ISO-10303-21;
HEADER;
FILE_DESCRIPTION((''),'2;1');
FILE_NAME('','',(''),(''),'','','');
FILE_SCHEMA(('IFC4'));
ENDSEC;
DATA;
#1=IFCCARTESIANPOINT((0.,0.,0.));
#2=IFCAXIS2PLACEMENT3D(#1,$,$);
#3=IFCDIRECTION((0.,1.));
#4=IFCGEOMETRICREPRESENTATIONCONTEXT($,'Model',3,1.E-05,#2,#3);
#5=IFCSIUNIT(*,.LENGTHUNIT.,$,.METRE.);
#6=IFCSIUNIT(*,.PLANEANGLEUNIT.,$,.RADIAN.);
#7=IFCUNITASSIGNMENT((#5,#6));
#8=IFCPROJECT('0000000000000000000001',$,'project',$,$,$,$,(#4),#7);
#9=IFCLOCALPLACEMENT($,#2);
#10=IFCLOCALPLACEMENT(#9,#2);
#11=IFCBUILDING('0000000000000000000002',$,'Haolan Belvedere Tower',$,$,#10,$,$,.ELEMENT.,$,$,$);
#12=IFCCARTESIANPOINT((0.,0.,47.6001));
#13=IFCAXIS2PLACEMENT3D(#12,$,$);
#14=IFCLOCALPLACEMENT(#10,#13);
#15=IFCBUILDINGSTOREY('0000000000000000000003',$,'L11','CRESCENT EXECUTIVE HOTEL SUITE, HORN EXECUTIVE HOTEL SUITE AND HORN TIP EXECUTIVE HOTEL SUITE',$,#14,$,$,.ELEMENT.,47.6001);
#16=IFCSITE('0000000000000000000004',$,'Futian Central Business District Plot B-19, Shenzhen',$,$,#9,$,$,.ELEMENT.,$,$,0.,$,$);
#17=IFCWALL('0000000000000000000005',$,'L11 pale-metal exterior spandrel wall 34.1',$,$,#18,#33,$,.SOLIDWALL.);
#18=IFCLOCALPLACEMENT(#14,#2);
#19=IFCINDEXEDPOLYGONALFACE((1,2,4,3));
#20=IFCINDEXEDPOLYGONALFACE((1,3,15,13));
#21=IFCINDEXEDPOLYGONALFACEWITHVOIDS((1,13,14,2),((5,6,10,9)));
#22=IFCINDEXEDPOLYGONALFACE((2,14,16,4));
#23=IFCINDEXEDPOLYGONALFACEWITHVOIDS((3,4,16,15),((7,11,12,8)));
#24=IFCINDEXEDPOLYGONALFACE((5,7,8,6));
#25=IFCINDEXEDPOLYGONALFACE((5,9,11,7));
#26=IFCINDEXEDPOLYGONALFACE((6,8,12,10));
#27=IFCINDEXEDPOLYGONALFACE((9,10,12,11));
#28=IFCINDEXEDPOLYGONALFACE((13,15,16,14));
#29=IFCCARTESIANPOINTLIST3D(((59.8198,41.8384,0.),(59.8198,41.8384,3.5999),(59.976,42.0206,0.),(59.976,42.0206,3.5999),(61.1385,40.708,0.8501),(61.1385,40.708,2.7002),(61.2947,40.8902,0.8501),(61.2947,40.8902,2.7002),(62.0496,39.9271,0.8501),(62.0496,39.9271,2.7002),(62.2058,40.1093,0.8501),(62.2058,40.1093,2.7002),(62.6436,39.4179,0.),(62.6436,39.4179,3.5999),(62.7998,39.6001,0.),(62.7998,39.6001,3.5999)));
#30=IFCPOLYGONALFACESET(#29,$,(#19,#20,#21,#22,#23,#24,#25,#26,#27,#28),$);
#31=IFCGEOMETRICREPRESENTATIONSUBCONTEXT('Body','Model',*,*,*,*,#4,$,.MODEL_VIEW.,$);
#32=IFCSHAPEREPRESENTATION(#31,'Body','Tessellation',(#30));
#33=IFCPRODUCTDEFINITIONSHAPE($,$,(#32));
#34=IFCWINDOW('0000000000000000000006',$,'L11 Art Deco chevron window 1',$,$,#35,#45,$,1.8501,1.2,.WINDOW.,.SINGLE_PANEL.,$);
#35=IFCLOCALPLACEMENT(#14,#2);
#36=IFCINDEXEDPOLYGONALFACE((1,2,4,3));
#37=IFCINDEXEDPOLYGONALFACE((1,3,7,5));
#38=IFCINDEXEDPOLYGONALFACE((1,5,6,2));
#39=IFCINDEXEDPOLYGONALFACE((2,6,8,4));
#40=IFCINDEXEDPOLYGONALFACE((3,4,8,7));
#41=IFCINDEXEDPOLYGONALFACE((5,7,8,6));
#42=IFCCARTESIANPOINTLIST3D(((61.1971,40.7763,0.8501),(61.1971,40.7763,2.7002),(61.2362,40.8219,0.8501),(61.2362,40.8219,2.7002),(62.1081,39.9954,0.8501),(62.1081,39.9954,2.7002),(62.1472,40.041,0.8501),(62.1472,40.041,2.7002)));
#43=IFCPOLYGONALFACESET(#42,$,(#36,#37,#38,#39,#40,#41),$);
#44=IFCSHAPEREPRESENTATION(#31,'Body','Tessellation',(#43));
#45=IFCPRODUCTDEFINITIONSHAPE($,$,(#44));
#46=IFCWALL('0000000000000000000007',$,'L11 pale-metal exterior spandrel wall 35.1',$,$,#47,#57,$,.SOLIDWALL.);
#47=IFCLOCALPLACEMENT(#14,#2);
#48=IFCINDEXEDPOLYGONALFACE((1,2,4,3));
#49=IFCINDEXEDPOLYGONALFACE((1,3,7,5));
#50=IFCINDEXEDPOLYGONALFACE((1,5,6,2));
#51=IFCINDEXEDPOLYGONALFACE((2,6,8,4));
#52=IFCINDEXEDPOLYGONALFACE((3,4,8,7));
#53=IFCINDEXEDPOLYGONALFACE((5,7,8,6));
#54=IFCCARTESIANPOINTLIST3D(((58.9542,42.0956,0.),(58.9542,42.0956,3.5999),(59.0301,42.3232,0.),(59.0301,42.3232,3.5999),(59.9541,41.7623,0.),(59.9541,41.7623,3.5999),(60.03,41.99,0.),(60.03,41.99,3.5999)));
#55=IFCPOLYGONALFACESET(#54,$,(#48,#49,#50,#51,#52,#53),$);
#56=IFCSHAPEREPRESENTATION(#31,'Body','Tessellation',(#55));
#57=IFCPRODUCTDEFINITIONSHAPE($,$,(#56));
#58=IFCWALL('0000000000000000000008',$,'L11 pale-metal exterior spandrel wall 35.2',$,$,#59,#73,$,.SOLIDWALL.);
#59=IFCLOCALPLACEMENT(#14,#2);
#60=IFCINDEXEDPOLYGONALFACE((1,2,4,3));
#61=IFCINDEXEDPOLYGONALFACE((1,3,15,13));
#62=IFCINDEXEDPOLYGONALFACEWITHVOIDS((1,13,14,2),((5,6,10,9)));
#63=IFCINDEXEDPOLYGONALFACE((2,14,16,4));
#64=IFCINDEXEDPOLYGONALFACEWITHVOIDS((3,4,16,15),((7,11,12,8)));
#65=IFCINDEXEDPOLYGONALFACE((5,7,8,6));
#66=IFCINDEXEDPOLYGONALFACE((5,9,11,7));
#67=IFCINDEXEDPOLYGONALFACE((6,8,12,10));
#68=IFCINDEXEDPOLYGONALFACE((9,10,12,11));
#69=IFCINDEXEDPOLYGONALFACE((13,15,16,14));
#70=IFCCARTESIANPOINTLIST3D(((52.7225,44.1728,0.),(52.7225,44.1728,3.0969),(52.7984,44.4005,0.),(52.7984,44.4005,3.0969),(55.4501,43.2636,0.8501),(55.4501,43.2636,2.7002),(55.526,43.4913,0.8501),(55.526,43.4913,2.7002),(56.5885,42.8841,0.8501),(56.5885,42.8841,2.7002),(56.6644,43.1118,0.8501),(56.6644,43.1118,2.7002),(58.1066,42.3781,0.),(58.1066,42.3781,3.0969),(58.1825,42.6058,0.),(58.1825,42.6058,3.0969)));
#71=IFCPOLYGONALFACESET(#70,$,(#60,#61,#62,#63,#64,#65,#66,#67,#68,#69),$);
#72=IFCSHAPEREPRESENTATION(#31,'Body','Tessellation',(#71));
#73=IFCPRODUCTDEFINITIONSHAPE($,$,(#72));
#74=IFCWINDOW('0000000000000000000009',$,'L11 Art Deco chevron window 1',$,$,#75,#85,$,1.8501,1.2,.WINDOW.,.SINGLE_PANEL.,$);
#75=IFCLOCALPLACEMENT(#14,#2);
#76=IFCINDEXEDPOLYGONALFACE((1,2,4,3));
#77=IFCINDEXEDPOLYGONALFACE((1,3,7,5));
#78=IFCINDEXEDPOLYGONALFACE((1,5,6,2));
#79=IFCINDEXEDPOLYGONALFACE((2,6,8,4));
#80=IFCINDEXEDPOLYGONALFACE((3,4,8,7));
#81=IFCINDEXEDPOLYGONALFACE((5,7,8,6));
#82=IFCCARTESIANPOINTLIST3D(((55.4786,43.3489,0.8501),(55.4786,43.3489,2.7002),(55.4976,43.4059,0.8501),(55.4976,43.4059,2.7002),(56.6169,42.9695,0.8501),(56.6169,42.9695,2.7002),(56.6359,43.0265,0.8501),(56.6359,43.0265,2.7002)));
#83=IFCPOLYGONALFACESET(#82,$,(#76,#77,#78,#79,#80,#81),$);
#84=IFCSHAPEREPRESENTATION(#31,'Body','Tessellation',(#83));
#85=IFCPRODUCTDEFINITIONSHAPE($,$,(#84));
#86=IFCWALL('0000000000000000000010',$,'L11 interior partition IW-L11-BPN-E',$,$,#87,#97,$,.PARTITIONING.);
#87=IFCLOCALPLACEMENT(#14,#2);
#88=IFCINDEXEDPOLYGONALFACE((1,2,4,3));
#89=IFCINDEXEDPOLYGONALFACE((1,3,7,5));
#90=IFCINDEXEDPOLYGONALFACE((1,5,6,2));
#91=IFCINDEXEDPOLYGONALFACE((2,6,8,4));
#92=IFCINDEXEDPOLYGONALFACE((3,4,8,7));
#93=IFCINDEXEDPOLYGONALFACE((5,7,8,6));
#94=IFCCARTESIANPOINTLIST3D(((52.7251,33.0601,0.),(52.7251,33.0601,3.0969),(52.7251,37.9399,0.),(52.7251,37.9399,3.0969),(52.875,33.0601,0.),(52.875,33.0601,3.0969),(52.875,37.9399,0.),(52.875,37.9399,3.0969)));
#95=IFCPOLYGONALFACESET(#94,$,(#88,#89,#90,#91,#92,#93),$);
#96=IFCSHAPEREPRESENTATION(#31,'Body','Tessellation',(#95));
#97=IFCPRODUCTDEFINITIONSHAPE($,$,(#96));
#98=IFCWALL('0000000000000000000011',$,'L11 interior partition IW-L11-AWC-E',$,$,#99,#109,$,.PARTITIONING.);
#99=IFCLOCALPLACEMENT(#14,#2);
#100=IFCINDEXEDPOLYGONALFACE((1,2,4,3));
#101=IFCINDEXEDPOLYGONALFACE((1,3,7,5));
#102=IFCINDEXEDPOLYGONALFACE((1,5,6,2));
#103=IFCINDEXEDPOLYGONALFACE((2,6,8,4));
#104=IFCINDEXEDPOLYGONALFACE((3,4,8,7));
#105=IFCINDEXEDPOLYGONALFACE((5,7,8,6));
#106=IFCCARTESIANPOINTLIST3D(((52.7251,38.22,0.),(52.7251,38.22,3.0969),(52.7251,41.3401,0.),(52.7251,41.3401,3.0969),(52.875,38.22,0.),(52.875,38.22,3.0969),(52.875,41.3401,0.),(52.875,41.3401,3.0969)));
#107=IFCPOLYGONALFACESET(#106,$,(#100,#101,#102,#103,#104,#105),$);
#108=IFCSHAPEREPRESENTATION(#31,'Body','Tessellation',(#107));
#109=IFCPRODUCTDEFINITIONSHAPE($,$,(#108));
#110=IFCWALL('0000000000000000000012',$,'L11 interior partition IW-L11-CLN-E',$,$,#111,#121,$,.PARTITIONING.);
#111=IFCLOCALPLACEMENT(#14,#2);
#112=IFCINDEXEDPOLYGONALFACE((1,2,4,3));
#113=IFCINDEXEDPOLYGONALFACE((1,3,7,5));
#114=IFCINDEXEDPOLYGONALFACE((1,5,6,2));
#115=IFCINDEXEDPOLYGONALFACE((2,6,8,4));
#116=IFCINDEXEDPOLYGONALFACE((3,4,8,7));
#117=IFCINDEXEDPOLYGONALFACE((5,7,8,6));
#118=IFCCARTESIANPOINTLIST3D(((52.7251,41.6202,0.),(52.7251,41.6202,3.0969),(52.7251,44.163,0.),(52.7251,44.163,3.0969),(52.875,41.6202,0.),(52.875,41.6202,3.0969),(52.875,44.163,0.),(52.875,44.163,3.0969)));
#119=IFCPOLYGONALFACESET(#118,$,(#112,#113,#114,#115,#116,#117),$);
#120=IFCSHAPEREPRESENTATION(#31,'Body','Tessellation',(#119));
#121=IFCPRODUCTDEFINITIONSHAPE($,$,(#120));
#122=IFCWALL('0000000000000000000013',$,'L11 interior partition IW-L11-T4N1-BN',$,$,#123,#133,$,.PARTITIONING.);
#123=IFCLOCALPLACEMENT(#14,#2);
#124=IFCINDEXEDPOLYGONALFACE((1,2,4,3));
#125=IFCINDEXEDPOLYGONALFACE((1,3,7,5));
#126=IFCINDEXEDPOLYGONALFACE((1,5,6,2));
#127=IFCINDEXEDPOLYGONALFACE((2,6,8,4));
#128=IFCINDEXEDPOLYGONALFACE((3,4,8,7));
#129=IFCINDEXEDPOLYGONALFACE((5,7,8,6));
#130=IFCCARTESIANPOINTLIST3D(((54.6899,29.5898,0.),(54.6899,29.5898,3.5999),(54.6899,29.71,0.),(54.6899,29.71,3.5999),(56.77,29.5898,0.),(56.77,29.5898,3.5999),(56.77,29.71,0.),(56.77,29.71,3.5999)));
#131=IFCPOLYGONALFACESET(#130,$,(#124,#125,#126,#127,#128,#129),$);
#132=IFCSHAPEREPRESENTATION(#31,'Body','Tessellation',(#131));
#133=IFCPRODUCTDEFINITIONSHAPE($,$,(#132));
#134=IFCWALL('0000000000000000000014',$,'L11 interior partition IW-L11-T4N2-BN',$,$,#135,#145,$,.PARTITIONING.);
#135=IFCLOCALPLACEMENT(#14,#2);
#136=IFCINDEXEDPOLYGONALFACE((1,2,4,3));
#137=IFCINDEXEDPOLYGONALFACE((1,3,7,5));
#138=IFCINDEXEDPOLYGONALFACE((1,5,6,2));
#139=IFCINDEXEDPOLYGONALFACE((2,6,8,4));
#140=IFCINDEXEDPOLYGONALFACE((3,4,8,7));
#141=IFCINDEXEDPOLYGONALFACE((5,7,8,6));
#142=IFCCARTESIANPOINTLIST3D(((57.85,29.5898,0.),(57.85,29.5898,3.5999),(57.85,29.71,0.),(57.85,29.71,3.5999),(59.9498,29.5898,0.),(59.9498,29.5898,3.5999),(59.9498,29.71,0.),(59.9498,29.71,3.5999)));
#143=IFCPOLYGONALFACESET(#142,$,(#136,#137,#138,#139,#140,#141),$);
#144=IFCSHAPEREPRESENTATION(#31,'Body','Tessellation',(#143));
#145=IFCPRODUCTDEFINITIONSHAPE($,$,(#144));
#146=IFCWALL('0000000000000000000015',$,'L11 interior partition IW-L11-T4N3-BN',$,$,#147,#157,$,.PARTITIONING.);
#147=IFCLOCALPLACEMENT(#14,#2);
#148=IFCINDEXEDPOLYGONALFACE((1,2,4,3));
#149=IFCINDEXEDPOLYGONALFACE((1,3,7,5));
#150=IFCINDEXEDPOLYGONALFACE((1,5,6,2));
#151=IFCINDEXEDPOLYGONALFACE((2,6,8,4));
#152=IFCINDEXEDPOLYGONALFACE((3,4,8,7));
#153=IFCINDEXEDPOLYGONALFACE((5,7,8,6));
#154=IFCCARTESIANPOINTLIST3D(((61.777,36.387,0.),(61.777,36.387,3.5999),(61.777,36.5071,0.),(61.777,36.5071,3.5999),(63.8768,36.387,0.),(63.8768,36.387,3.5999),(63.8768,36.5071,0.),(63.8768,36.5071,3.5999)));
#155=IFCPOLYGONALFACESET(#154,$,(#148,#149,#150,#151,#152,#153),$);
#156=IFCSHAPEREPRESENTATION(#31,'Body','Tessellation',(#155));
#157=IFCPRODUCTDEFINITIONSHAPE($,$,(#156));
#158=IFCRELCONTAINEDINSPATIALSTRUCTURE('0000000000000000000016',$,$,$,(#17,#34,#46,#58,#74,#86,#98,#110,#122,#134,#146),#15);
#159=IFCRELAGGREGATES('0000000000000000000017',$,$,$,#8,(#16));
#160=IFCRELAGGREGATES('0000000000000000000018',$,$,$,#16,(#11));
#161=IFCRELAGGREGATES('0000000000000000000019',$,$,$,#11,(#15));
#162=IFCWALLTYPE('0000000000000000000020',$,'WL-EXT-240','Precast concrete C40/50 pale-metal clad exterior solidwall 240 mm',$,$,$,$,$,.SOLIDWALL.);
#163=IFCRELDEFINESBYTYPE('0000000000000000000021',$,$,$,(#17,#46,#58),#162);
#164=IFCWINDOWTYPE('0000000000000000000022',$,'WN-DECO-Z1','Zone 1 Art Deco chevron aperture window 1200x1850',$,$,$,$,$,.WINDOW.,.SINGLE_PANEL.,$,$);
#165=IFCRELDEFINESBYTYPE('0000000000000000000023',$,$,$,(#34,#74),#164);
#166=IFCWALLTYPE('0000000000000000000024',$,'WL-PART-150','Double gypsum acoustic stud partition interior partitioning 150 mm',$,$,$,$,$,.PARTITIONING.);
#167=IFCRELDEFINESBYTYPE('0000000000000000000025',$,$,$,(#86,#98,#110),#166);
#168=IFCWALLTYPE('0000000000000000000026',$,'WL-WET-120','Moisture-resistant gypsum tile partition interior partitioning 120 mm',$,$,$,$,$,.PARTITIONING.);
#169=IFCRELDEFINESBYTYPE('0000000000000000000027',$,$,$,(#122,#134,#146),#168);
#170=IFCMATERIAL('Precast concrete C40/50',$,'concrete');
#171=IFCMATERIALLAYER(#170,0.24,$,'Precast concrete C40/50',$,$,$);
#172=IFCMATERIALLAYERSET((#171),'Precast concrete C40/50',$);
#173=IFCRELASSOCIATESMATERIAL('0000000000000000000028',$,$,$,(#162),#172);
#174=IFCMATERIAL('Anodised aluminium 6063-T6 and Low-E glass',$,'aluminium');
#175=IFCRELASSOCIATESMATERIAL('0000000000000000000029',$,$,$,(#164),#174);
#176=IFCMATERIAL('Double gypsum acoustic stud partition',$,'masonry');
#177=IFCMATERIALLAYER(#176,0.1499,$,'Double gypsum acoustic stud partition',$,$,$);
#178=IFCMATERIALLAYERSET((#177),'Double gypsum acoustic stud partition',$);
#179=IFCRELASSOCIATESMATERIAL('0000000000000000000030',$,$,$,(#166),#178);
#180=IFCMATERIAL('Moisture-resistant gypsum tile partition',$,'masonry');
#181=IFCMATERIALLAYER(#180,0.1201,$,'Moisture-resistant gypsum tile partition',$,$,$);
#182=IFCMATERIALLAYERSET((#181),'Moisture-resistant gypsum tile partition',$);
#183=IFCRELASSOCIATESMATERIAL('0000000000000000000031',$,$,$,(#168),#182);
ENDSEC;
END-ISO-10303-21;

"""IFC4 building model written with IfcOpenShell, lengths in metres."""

from ifc_helpers import new_model, si_unit, direction, frame, frame_2d, origin, place, context, subcontext, project, spatial, rectangle, extrude, material, layer, layer_set, type_object, element, fill, save


model = new_model("IFC4")

# Units and contexts
model_context = context("Model", 3, precision=1e-05, world=origin(), true_north=direction((0.0, 1.0)))
body_context = subcontext(model_context, "Body", "Model", "MODEL_VIEW")
ifc_project = project(units=[si_unit("LENGTHUNIT", "METRE"), si_unit("PLANEANGLEUNIT", "RADIAN")], contexts=[model_context])

# Site, building, storey
site_placement = place(None, origin())
site = spatial("IfcSite", under=ifc_project, at=site_placement, Name="Futian Central Business District Plot B-19, Shenzhen", CompositionType="ELEMENT", RefElevation=0.0)
building_placement = place(site_placement, origin())
building = spatial("IfcBuilding", under=site, at=building_placement, Name="Haolan Belvedere Tower", CompositionType="ELEMENT")
storey_placement = place(building_placement, frame((0.0, 0.0, 47.6001)))
storey = spatial("IfcBuildingStorey", under=building, at=storey_placement, Name="L11", Description="CRESCENT EXECUTIVE HOTEL SUITE, HORN EXECUTIVE HOTEL SUITE AND HORN TIP EXECUTIVE HOTEL SUITE", CompositionType="ELEMENT", Elevation=47.6001)

# Shared definitions
ifc_material_1 = material(Name="Precast concrete C40/50", Category="concrete")
ifc_layer_1 = layer(ifc_material_1, 0.24, Name="Precast concrete C40/50")
ifc_layer_set_1 = layer_set([ifc_layer_1], Name="Precast concrete C40/50")
wall_type_1 = type_object("IfcWallType", Name="WL-EXT-240", Description="Precast concrete C40/50 pale-metal clad exterior solidwall 240 mm", PredefinedType="SOLIDWALL", material=ifc_layer_set_1)
ifc_material_2 = material(Name="Anodised aluminium 6063-T6 and Low-E glass", Category="aluminium")
window_type = type_object("IfcWindowType", Name="WN-DECO-Z1", Description="Zone 1 Art Deco chevron aperture window 1200x1850", PartitioningType="SINGLE_PANEL", PredefinedType="WINDOW", material=ifc_material_2)

# Wall, opening, window
wall_1_placement = place(storey_placement, frame((62.7217, 39.509, 0.0), z_axis=(0.0, 0.0, 1.0), x_axis=(-0.759247, 0.650802, 0.0)))
wall_1 = element("IfcWall", 1, at=wall_1_placement, inside=storey, type_object=wall_type_1, Name="L11 pale-metal exterior spandrel wall 34.1", PredefinedType="SOLIDWALL", context=body_context, shape_type="SweptSolid", body=[
    extrude(rectangle(XDim=3.7192, YDim=0.24, at=frame_2d((1.8596, 0.0))), origin(), (0.0, 0.0, 1.0), 3.5999),
])
opening_1_placement = place(wall_1_placement, frame((0.7822, 0.0, 0.8501)))
opening_1 = element("IfcOpeningElement", 2, at=opening_1_placement, cuts=wall_1, PredefinedType="OPENING", context=body_context, shape_type="SweptSolid", body=[
    extrude(rectangle(XDim=1.2, YDim=1.8501, at=frame_2d((0.6001, 0.925))), frame((0.0, 0.1299, 0.0), z_axis=(0.0, -1.0, 0.0), x_axis=(1.0, 0.0, 0.0)), (0.0, 0.0, 1.0), 0.26),
])
window_1_placement = place(opening_1_placement, origin())
window_1 = element("IfcWindow", 3, at=window_1_placement, inside=storey, type_object=window_type, Name="L11 Art Deco chevron window 1", OverallHeight=1.8501, OverallWidth=1.2, PartitioningType="SINGLE_PANEL", PredefinedType="WINDOW", context=body_context, shape_type="SweptSolid", body=[
    extrude(rectangle(XDim=1.2, YDim=1.8501, at=frame_2d((0.6001, 0.925))), frame((0.0, 0.03, 0.0), z_axis=(0.0, -1.0, 0.0), x_axis=(1.0, 0.0, 0.0)), (0.0, 0.0, 1.0), 0.0601),
])
fill(opening_1, window_1)

# Wall
wall_2_placement = place(storey_placement, frame((59.9919, 41.8762, 0.0), z_axis=(0.0, 0.0, 1.0), x_axis=(-0.948706, 0.316158, 0.0)))
element("IfcWall", 4, at=wall_2_placement, inside=storey, type_object=wall_type_1, Name="L11 pale-metal exterior spandrel wall 35.1", PredefinedType="SOLIDWALL", context=body_context, shape_type="SweptSolid", body=[
    extrude(rectangle(XDim=1.054, YDim=0.24, at=frame_2d((0.5269, 0.0))), origin(), (0.0, 0.0, 1.0), 3.5999),
])

# Wall, opening, window
wall_3_placement = place(storey_placement, frame((58.1445, 42.4919, 0.0), z_axis=(0.0, 0.0, 1.0), x_axis=(-0.948683, 0.316228, 0.0)))
wall_3 = element("IfcWall", 5, at=wall_3_placement, inside=storey, type_object=wall_type_1, Name="L11 pale-metal exterior spandrel wall 35.2", PredefinedType="SOLIDWALL", context=body_context, shape_type="SweptSolid", body=[
    extrude(rectangle(XDim=5.6753, YDim=0.24, at=frame_2d((2.8376, 0.0))), origin(), (0.0, 0.0, 1.0), 3.0969),
])
opening_2_placement = place(wall_3_placement, frame((1.6001, 0.0, 0.8501)))
opening_2 = element("IfcOpeningElement", 6, at=opening_2_placement, cuts=wall_3, PredefinedType="OPENING", context=body_context, shape_type="SweptSolid", body=[
    extrude(rectangle(XDim=1.2, YDim=1.8501, at=frame_2d((0.6001, 0.925))), frame((0.0, 0.1299, 0.0), z_axis=(0.0, -1.0, 0.0), x_axis=(1.0, 0.0, 0.0)), (0.0, 0.0, 1.0), 0.26),
])
window_2_placement = place(opening_2_placement, origin())
window_2 = element("IfcWindow", 7, at=window_2_placement, inside=storey, type_object=window_type, Name="L11 Art Deco chevron window 1", OverallHeight=1.8501, OverallWidth=1.2, PartitioningType="SINGLE_PANEL", PredefinedType="WINDOW", context=body_context, shape_type="SweptSolid", body=[
    extrude(rectangle(XDim=1.2, YDim=1.8501, at=frame_2d((0.6001, 0.925))), frame((0.0, 0.03, 0.0), z_axis=(0.0, -1.0, 0.0), x_axis=(1.0, 0.0, 0.0)), (0.0, 0.0, 1.0), 0.0601),
])
fill(opening_2, window_2)

# Walls
ifc_material_3 = material(Name="Double gypsum acoustic stud partition", Category="masonry")
ifc_layer_2 = layer(ifc_material_3, 0.1499, Name="Double gypsum acoustic stud partition")
ifc_layer_set_2 = layer_set([ifc_layer_2], Name="Double gypsum acoustic stud partition")
wall_type_2 = type_object("IfcWallType", Name="WL-PART-150", Description="Double gypsum acoustic stud partition interior partitioning 150 mm", PredefinedType="PARTITIONING", material=ifc_layer_set_2)
wall_4_placement = place(storey_placement, frame((52.8, 33.0601, 0.0), z_axis=(0.0, 0.0, 1.0), x_axis=(0.0, 1.0, 0.0)))
element("IfcWall", 8, at=wall_4_placement, inside=storey, type_object=wall_type_2, Name="L11 interior partition IW-L11-BPN-E", PredefinedType="PARTITIONING", context=body_context, shape_type="SweptSolid", body=[
    extrude(rectangle(XDim=4.8799, YDim=0.1499, at=frame_2d((2.4399, 0.0))), origin(), (0.0, 0.0, 1.0), 3.0969),
])
wall_5_placement = place(storey_placement, frame((52.8, 38.22, 0.0), z_axis=(0.0, 0.0, 1.0), x_axis=(0.0, 1.0, 0.0)))
element("IfcWall", 9, at=wall_5_placement, inside=storey, type_object=wall_type_2, Name="L11 interior partition IW-L11-AWC-E", PredefinedType="PARTITIONING", context=body_context, shape_type="SweptSolid", body=[
    extrude(rectangle(XDim=3.1201, YDim=0.1499, at=frame_2d((1.5601, 0.0))), origin(), (0.0, 0.0, 1.0), 3.0969),
])
wall_6_placement = place(storey_placement, frame((52.8, 41.6201, 0.0), z_axis=(0.0, 0.0, 1.0), x_axis=(0.0, 1.0, 0.0)))
element("IfcWall", 10, at=wall_6_placement, inside=storey, type_object=wall_type_2, Name="L11 interior partition IW-L11-CLN-E", PredefinedType="PARTITIONING", context=body_context, shape_type="SweptSolid", body=[
    extrude(rectangle(XDim=2.5427, YDim=0.1499, at=frame_2d((1.2715, 0.0))), origin(), (0.0, 0.0, 1.0), 3.0969),
])
ifc_material_4 = material(Name="Moisture-resistant gypsum tile partition", Category="masonry")
ifc_layer_3 = layer(ifc_material_4, 0.1201, Name="Moisture-resistant gypsum tile partition")
ifc_layer_set_3 = layer_set([ifc_layer_3], Name="Moisture-resistant gypsum tile partition")
wall_type_3 = type_object("IfcWallType", Name="WL-WET-120", Description="Moisture-resistant gypsum tile partition interior partitioning 120 mm", PredefinedType="PARTITIONING", material=ifc_layer_set_3)
wall_7_placement = place(storey_placement, frame((54.6899, 29.6499, 0.0), z_axis=(0.0, 0.0, 1.0), x_axis=(1.0, 0.0, 0.0)))
element("IfcWall", 11, at=wall_7_placement, inside=storey, type_object=wall_type_3, Name="L11 interior partition IW-L11-T4N1-BN", PredefinedType="PARTITIONING", context=body_context, shape_type="SweptSolid", body=[
    extrude(rectangle(XDim=2.0801, YDim=0.1201, at=frame_2d((1.04, 0.0))), origin(), (0.0, 0.0, 1.0), 3.5999),
])
for number, where, z_axis, x_axis, name in (
    (12, (57.8501, 29.6499, 0.0), (0.0, 0.0, 1.0), (1.0, 0.0, 0.0), "L11 interior partition IW-L11-T4N2-BN"),
    (13, (61.7771, 36.447, 0.0), (0.0, 0.0, 1.0), (1.0, 0.0, 0.0), "L11 interior partition IW-L11-T4N3-BN"),
):
    element("IfcWall", number, at=place(storey_placement, frame(where, z_axis=z_axis, x_axis=x_axis)), inside=storey, type_object=wall_type_3, Name=name, PredefinedType="PARTITIONING", context=body_context, shape_type="SweptSolid", body=[
        extrude(rectangle(XDim=2.0999, YDim=0.1201, at=frame_2d((1.0498, 0.0))), origin(), (0.0, 0.0, 1.0), 3.5999),
    ])

save(model, "model.ifc")
